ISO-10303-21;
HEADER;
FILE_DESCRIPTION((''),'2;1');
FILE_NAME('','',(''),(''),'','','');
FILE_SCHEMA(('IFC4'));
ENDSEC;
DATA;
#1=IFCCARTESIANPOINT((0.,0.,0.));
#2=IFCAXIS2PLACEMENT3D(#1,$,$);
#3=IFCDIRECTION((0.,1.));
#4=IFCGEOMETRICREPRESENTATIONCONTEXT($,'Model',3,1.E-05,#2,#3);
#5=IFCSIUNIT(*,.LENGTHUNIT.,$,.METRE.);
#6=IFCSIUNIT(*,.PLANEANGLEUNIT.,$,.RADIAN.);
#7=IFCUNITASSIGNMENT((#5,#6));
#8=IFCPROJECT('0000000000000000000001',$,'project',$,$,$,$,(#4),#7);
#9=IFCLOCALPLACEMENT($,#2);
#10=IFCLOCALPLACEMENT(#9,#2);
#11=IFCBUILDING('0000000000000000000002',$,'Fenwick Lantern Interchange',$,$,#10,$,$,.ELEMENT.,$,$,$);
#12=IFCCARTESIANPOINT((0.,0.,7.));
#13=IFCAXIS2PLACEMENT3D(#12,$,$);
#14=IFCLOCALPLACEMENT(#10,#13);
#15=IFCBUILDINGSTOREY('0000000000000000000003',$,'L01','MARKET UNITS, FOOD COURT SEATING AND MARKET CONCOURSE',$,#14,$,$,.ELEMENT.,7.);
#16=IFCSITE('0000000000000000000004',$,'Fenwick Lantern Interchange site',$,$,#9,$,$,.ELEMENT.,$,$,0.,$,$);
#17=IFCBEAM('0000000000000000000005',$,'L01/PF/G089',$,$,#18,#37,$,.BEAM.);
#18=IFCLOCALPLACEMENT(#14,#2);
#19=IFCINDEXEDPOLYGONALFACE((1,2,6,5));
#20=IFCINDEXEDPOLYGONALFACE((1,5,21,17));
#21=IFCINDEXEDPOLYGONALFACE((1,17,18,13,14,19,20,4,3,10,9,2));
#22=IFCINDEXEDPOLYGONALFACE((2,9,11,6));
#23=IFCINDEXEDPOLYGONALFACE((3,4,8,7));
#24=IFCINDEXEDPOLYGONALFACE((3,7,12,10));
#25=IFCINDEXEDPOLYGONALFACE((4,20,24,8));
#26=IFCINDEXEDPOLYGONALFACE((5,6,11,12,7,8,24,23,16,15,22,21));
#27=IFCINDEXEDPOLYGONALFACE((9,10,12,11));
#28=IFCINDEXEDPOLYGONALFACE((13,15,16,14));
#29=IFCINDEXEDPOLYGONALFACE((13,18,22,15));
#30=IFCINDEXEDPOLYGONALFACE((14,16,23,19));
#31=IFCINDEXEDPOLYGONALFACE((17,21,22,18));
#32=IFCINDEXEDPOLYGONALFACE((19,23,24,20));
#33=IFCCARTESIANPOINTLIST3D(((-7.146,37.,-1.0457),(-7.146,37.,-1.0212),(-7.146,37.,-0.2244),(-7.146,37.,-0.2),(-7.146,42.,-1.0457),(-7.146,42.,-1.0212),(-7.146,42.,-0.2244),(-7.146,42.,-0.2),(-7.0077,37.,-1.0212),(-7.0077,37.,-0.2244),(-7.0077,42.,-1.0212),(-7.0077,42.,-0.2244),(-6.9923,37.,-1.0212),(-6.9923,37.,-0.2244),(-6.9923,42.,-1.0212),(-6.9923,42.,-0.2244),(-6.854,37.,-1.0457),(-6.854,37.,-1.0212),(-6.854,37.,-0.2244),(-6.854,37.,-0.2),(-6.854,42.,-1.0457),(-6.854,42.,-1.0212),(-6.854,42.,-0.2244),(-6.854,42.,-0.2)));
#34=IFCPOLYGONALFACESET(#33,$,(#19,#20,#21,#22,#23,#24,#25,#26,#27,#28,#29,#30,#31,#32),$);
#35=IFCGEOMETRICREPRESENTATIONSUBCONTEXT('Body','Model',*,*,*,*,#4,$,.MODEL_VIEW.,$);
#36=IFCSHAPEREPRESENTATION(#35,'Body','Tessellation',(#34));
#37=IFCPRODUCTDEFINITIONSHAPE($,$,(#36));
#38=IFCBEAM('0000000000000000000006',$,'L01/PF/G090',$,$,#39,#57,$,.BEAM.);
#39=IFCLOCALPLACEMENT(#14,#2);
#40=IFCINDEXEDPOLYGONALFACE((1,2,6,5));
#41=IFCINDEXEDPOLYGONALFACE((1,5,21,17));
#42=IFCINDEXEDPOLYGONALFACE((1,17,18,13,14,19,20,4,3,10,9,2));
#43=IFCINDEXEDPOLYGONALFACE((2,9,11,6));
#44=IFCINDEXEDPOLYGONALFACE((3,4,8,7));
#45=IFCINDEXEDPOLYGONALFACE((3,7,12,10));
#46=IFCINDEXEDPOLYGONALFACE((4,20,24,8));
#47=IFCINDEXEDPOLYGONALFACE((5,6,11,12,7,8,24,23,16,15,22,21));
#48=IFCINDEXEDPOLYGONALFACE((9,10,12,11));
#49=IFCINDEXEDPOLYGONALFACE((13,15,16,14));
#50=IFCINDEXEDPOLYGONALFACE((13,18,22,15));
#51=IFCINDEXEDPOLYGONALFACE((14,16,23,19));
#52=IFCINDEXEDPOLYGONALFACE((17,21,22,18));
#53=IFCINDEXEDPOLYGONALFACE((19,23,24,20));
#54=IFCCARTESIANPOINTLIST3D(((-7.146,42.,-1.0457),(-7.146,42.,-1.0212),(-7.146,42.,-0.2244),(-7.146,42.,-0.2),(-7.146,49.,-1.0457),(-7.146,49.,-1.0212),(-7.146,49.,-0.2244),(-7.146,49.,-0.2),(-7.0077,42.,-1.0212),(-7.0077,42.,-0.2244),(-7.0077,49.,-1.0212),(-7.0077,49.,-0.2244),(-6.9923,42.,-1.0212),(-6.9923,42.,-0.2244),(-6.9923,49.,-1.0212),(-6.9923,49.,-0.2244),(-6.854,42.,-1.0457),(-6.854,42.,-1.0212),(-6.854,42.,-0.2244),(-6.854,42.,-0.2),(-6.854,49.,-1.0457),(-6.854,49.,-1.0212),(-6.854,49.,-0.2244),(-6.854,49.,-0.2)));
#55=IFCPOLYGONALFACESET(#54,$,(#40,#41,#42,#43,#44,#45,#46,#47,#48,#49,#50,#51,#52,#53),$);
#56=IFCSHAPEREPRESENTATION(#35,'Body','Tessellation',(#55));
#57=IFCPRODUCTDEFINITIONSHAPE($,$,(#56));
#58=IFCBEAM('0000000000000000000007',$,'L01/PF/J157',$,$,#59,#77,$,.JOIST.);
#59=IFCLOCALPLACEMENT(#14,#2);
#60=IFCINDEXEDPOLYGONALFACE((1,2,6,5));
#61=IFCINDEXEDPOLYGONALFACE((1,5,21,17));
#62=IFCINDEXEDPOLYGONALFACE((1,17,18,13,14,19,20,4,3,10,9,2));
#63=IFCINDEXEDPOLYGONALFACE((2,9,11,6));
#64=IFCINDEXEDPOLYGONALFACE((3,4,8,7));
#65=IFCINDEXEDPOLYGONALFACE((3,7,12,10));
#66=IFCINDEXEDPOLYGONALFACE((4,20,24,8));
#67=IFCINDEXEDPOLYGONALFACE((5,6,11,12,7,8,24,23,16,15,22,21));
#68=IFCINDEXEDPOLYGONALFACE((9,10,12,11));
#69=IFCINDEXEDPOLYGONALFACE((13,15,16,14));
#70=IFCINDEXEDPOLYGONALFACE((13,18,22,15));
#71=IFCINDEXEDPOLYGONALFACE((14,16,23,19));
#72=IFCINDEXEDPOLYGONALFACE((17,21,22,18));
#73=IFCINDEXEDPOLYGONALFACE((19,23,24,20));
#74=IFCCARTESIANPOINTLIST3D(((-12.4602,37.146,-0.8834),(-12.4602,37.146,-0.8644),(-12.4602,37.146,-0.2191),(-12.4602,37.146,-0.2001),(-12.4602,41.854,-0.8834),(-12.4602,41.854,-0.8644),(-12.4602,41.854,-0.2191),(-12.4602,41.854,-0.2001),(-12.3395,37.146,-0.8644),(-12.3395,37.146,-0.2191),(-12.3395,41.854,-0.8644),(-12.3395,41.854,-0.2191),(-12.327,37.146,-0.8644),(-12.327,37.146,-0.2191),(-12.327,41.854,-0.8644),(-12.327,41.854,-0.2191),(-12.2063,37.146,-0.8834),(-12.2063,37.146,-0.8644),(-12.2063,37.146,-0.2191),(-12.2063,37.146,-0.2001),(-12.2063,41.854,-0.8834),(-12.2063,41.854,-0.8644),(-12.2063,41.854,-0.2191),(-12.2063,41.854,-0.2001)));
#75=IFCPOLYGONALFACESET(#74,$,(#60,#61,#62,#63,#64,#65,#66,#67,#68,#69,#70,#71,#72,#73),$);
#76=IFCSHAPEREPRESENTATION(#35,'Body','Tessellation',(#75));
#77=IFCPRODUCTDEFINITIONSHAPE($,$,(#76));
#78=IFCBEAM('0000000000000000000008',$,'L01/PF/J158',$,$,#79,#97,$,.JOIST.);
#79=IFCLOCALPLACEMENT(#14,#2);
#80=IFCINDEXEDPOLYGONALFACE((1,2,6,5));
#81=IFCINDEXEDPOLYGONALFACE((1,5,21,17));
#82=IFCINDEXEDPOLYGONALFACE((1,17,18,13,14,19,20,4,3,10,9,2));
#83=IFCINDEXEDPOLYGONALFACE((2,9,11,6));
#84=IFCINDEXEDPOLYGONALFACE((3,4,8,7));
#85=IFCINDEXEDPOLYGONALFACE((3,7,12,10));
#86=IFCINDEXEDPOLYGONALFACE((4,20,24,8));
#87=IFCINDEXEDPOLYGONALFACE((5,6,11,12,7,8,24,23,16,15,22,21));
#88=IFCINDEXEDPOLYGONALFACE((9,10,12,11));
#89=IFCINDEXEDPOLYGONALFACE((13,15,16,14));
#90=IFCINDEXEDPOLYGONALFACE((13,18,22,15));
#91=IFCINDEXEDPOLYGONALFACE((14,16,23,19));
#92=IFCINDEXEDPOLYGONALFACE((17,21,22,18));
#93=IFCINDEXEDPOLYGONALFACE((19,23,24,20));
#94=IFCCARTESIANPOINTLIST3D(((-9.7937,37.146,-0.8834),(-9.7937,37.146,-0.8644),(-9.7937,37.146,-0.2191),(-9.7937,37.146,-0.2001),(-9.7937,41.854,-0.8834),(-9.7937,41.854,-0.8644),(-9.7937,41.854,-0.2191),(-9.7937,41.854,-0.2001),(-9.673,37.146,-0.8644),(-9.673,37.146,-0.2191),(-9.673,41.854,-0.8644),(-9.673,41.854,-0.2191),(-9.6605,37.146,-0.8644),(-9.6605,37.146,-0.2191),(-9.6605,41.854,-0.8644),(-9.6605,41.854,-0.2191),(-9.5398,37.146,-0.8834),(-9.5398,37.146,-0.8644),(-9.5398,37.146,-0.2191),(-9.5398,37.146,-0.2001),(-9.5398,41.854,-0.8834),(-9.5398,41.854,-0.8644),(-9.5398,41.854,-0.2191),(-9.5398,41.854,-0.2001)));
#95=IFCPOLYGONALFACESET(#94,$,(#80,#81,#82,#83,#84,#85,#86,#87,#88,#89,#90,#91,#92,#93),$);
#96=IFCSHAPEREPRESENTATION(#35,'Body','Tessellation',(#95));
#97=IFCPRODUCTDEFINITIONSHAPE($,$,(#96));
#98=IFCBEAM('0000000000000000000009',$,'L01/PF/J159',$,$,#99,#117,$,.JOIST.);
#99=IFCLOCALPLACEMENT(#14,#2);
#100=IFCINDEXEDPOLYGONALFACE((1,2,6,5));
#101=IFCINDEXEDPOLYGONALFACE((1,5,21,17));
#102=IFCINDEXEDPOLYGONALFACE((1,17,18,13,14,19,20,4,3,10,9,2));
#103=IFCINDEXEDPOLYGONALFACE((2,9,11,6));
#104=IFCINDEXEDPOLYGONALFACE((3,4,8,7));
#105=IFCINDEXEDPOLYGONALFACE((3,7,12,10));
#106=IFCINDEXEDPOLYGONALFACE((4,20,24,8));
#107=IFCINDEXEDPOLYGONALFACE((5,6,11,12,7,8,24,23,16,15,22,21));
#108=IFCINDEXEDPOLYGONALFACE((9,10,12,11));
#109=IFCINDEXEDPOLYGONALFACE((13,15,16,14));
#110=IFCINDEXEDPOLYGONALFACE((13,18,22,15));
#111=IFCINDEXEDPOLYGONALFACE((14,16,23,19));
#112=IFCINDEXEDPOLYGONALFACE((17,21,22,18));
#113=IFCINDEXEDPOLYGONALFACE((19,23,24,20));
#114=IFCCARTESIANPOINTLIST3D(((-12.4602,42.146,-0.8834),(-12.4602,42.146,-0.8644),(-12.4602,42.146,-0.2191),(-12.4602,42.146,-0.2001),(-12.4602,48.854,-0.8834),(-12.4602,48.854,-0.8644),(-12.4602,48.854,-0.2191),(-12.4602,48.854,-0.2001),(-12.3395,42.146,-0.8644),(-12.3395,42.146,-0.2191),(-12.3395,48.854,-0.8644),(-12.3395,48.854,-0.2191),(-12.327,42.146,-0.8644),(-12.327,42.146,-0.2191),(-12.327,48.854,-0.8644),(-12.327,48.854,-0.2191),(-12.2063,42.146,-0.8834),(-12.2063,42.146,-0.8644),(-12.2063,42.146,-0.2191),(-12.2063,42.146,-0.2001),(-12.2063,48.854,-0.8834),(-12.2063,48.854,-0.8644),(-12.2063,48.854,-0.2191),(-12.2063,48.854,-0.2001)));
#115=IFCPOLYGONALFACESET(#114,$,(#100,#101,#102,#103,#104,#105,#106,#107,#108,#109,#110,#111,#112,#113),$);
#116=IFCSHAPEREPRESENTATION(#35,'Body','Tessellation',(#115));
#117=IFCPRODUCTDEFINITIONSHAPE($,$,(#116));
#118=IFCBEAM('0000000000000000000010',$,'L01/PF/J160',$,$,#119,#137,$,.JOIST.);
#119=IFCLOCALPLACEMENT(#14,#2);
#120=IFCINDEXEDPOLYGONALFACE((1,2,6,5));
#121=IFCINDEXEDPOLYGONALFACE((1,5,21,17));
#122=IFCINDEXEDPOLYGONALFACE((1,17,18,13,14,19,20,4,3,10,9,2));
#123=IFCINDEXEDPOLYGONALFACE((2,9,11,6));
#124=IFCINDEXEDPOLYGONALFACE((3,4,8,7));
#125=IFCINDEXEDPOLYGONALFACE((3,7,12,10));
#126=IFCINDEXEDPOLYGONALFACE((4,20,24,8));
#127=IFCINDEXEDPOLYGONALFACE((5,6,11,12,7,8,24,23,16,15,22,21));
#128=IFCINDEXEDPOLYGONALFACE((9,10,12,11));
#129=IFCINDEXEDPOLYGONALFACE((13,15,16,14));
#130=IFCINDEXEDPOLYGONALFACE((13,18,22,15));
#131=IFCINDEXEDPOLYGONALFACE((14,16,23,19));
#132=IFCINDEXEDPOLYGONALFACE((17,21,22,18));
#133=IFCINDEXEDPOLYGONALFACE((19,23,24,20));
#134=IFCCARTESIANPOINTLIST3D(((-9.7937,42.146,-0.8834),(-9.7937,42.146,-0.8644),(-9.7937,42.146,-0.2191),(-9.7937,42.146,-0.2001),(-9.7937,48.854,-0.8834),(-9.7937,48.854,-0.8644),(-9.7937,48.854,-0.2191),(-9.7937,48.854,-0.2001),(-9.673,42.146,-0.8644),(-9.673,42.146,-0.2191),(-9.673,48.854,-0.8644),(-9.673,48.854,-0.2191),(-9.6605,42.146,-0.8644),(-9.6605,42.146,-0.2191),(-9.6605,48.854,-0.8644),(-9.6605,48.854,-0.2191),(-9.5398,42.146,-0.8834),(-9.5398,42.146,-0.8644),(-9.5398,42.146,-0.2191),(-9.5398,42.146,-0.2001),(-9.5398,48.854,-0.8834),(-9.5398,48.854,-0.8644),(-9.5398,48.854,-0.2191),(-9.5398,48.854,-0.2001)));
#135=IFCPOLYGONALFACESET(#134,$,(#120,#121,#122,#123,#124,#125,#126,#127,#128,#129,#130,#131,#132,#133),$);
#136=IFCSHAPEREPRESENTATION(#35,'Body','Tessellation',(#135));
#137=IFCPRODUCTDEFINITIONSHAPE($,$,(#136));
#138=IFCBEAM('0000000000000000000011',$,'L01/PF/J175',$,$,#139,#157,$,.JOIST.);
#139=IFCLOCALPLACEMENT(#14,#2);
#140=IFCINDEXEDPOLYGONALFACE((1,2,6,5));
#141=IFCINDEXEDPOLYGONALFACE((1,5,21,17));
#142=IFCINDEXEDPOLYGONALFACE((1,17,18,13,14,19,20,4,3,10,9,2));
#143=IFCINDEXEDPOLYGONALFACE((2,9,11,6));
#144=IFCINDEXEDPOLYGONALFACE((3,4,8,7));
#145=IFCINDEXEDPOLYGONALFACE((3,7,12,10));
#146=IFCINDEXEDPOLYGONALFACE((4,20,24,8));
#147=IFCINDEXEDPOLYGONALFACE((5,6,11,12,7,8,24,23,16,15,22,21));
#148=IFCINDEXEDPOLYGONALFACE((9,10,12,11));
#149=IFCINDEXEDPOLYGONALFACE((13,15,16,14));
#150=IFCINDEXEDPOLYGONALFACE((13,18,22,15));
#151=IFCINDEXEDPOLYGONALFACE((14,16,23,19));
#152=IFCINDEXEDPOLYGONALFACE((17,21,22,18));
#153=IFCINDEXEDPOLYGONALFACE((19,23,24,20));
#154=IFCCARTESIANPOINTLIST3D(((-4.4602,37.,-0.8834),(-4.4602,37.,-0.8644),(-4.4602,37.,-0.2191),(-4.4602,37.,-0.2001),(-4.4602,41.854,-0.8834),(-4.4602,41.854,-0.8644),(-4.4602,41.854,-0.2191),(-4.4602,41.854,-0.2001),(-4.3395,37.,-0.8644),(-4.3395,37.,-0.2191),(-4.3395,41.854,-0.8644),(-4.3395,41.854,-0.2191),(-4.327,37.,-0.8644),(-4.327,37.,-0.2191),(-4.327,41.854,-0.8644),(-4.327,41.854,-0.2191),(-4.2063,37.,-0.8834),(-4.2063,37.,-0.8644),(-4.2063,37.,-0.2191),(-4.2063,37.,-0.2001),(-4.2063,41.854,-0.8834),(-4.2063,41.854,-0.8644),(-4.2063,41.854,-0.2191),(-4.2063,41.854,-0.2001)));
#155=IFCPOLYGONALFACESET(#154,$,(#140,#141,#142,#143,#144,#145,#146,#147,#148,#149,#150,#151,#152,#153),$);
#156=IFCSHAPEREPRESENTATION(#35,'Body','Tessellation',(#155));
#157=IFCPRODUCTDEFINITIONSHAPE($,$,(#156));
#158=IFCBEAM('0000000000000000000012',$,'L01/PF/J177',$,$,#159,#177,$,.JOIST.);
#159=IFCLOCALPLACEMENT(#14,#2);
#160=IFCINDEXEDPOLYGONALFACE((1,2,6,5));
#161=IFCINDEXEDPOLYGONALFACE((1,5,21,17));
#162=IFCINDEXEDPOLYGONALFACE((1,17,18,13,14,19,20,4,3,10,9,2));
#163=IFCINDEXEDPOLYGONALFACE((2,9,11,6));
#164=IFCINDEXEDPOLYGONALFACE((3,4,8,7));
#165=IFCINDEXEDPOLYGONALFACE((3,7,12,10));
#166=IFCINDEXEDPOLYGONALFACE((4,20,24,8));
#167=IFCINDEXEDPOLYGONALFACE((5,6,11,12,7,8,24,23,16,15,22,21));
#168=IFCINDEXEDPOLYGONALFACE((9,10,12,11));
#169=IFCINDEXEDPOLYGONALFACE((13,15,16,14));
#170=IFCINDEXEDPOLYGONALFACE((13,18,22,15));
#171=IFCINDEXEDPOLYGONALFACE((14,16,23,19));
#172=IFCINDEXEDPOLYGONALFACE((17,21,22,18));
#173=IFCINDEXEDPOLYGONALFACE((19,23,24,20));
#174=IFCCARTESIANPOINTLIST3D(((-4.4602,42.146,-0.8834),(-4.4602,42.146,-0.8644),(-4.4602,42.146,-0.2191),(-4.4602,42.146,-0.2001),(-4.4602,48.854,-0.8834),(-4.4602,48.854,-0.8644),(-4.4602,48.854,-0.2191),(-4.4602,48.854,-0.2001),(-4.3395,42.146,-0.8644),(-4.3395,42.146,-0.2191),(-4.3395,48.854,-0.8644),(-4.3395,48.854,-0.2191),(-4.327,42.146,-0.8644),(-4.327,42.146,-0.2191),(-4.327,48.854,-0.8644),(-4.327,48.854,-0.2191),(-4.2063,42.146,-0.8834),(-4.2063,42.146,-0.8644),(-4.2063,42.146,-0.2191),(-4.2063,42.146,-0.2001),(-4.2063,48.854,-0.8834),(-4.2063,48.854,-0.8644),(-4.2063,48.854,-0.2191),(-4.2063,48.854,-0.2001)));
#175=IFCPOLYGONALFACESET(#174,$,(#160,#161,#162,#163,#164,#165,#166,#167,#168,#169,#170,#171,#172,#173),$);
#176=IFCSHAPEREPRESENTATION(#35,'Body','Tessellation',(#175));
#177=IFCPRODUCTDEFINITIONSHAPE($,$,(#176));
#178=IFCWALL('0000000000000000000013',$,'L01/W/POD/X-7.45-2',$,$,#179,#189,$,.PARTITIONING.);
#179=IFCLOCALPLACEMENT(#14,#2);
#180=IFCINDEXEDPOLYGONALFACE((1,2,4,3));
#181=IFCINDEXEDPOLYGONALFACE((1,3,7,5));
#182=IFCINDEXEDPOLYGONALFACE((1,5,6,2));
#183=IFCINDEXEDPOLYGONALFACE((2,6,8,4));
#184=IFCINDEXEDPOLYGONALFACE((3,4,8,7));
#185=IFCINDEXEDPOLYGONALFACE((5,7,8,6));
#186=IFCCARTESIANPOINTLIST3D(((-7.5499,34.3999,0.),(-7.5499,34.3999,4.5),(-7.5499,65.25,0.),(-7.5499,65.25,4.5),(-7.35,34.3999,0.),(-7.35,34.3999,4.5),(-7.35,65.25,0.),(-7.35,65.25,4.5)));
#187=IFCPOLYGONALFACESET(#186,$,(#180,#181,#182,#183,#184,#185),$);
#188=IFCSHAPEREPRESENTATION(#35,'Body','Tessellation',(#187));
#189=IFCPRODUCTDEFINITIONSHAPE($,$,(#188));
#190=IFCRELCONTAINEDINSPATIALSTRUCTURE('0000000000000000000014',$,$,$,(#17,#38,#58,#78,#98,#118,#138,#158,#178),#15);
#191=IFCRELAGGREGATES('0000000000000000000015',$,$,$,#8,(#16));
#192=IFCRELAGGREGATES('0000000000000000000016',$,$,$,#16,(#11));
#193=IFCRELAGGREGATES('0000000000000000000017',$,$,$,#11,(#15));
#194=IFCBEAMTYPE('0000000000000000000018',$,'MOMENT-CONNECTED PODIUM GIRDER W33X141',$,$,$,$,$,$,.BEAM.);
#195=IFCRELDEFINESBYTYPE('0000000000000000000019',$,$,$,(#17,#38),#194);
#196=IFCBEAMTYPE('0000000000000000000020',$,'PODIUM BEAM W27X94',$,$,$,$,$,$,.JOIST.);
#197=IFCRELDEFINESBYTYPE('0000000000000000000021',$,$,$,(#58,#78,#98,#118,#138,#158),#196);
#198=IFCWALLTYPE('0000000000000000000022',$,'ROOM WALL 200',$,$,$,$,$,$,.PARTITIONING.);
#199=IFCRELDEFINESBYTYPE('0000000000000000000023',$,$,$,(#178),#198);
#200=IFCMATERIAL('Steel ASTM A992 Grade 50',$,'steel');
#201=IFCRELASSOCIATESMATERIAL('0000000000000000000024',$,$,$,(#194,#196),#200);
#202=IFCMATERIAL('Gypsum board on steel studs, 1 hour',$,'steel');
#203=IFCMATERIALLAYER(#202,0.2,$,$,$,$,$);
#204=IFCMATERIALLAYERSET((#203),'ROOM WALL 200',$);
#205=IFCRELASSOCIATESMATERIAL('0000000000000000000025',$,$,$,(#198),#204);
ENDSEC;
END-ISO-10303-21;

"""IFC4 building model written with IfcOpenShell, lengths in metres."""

from ifc_helpers import new_model, si_unit, direction, frame, frame_2d, origin, origin_2d, place, context, subcontext, project, spatial, rectangle, i_section, extrude, material, layer, layer_set, material_profile, profile_set, type_object, element, save


model = new_model("IFC4")

# Units and contexts
model_context = context("Model", 3, precision=1e-05, world=origin(), true_north=direction((0.0, 1.0)))
body_context = subcontext(model_context, "Body", "Model", "MODEL_VIEW")
ifc_project = project(units=[si_unit("LENGTHUNIT", "METRE"), si_unit("PLANEANGLEUNIT", "RADIAN")], contexts=[model_context])

# Site, building, storey
site_placement = place(None, origin())
site = spatial("IfcSite", under=ifc_project, at=site_placement, Name="Fenwick Lantern Interchange site", CompositionType="ELEMENT", RefElevation=0.0)
building_placement = place(site_placement, origin())
building = spatial("IfcBuilding", under=site, at=building_placement, Name="Fenwick Lantern Interchange", CompositionType="ELEMENT")
storey_placement = place(building_placement, frame((0.0, 0.0, 7.0)))
storey = spatial("IfcBuildingStorey", under=building, at=storey_placement, Name="L01", Description="MARKET UNITS, FOOD COURT SEATING AND MARKET CONCOURSE", CompositionType="ELEMENT", Elevation=7.0)

# Shared definitions
ifc_material_1 = material(Name="Steel ASTM A992 Grade 50", Category="steel")

# Beams
ifc_material_profile_1 = material_profile(ifc_material_1, i_section(OverallWidth=0.292, OverallDepth=0.8457, WebThickness=0.0154, FlangeThickness=0.0244, at=origin_2d()), Name="W33X141")
ifc_profile_set_1 = profile_set([ifc_material_profile_1], Name="Steel ASTM A992 Grade 50")
beam_type_1 = type_object("IfcBeamType", Name="MOMENT-CONNECTED PODIUM GIRDER W33X141", PredefinedType="BEAM", material=ifc_profile_set_1)
beam_1_placement = place(storey_placement, frame((-7.0, 37.0, -0.6228), z_axis=(0.0, 1.0, 0.0), x_axis=(-1.0, 0.0, 0.0)))
element("IfcBeam", 1, at=beam_1_placement, inside=storey, type_object=beam_type_1, Name="L01/PF/G089", PredefinedType="BEAM", context=body_context, shape_type="SweptSolid", body=[
    extrude(i_section(OverallWidth=0.292, OverallDepth=0.8457, WebThickness=0.0154, FlangeThickness=0.0244, at=origin_2d()), origin(), (0.0, 0.0, 1.0), 5.0),
])
beam_2_placement = place(storey_placement, frame((-7.0, 42.0, -0.6228), z_axis=(0.0, 1.0, 0.0), x_axis=(-1.0, 0.0, 0.0)))
element("IfcBeam", 2, at=beam_2_placement, inside=storey, type_object=beam_type_1, Name="L01/PF/G090", PredefinedType="BEAM", context=body_context, shape_type="SweptSolid", body=[
    extrude(i_section(OverallWidth=0.292, OverallDepth=0.8457, WebThickness=0.0154, FlangeThickness=0.0244, at=origin_2d()), origin(), (0.0, 0.0, 1.0), 7.0),
])
ifc_material_profile_2 = material_profile(ifc_material_1, i_section(OverallWidth=0.2539, OverallDepth=0.6833, WebThickness=0.0125, FlangeThickness=0.019, at=origin_2d()), Name="W27X94")
ifc_profile_set_2 = profile_set([ifc_material_profile_2], Name="Steel ASTM A992 Grade 50")
beam_type_2 = type_object("IfcBeamType", Name="PODIUM BEAM W27X94", PredefinedType="JOIST", material=ifc_profile_set_2)
for number, where, z_axis, x_axis, name in (
    (3, (-12.3333, 37.146, -0.5417), (0.0, 1.0, 0.0), (-1.0, 0.0, 0.0), "L01/PF/J157"),
    (4, (-9.6667, 37.146, -0.5417), (0.0, 1.0, 0.0), (-1.0, 0.0, 0.0), "L01/PF/J158"),
):
    element("IfcBeam", number, at=place(storey_placement, frame(where, z_axis=z_axis, x_axis=x_axis)), inside=storey, type_object=beam_type_2, Name=name, PredefinedType="JOIST", context=body_context, shape_type="SweptSolid", body=[
        extrude(i_section(OverallWidth=0.2539, OverallDepth=0.6833, WebThickness=0.0125, FlangeThickness=0.019, at=origin_2d()), origin(), (0.0, 0.0, 1.0), 4.708),
    ])
for number, where, z_axis, x_axis, name in (
    (5, (-12.3333, 42.146, -0.5417), (0.0, 1.0, 0.0), (-1.0, 0.0, 0.0), "L01/PF/J159"),
    (6, (-9.6667, 42.146, -0.5417), (0.0, 1.0, 0.0), (-1.0, 0.0, 0.0), "L01/PF/J160"),
):
    element("IfcBeam", number, at=place(storey_placement, frame(where, z_axis=z_axis, x_axis=x_axis)), inside=storey, type_object=beam_type_2, Name=name, PredefinedType="JOIST", context=body_context, shape_type="SweptSolid", body=[
        extrude(i_section(OverallWidth=0.2539, OverallDepth=0.6833, WebThickness=0.0125, FlangeThickness=0.019, at=origin_2d()), origin(), (0.0, 0.0, 1.0), 6.708),
    ])
beam_3_placement = place(storey_placement, frame((-4.3333, 37.0, -0.5417), z_axis=(0.0, 1.0, 0.0), x_axis=(-1.0, 0.0, 0.0)))
element("IfcBeam", 7, at=beam_3_placement, inside=storey, type_object=beam_type_2, Name="L01/PF/J175", PredefinedType="JOIST", context=body_context, shape_type="SweptSolid", body=[
    extrude(i_section(OverallWidth=0.2539, OverallDepth=0.6833, WebThickness=0.0125, FlangeThickness=0.019, at=origin_2d()), origin(), (0.0, 0.0, 1.0), 4.854),
])
beam_4_placement = place(storey_placement, frame((-4.3333, 42.146, -0.5417), z_axis=(0.0, 1.0, 0.0), x_axis=(-1.0, 0.0, 0.0)))
element("IfcBeam", 8, at=beam_4_placement, inside=storey, type_object=beam_type_2, Name="L01/PF/J177", PredefinedType="JOIST", context=body_context, shape_type="SweptSolid", body=[
    extrude(i_section(OverallWidth=0.2539, OverallDepth=0.6833, WebThickness=0.0125, FlangeThickness=0.019, at=origin_2d()), origin(), (0.0, 0.0, 1.0), 6.708),
])

# Wall
ifc_material_2 = material(Name="Gypsum board on steel studs, 1 hour", Category="steel")
ifc_layer = layer(ifc_material_2, 0.2)
ifc_layer_set = layer_set([ifc_layer], Name="ROOM WALL 200")
wall_type = type_object("IfcWallType", Name="ROOM WALL 200", PredefinedType="PARTITIONING", material=ifc_layer_set)
wall_1_placement = place(storey_placement, frame((-7.45, 34.3999, 0.0), z_axis=(0.0, 0.0, 1.0), x_axis=(0.0, 1.0, 0.0)))
element("IfcWall", 9, at=wall_1_placement, inside=storey, type_object=wall_type, Name="L01/W/POD/X-7.45-2", PredefinedType="PARTITIONING", context=body_context, shape_type="SweptSolid", body=[
    extrude(rectangle(XDim=30.8501, YDim=0.2, at=frame_2d((15.425, 0.0))), origin(), (0.0, 0.0, 1.0), 4.5),
])

save(model, "model.ifc")
